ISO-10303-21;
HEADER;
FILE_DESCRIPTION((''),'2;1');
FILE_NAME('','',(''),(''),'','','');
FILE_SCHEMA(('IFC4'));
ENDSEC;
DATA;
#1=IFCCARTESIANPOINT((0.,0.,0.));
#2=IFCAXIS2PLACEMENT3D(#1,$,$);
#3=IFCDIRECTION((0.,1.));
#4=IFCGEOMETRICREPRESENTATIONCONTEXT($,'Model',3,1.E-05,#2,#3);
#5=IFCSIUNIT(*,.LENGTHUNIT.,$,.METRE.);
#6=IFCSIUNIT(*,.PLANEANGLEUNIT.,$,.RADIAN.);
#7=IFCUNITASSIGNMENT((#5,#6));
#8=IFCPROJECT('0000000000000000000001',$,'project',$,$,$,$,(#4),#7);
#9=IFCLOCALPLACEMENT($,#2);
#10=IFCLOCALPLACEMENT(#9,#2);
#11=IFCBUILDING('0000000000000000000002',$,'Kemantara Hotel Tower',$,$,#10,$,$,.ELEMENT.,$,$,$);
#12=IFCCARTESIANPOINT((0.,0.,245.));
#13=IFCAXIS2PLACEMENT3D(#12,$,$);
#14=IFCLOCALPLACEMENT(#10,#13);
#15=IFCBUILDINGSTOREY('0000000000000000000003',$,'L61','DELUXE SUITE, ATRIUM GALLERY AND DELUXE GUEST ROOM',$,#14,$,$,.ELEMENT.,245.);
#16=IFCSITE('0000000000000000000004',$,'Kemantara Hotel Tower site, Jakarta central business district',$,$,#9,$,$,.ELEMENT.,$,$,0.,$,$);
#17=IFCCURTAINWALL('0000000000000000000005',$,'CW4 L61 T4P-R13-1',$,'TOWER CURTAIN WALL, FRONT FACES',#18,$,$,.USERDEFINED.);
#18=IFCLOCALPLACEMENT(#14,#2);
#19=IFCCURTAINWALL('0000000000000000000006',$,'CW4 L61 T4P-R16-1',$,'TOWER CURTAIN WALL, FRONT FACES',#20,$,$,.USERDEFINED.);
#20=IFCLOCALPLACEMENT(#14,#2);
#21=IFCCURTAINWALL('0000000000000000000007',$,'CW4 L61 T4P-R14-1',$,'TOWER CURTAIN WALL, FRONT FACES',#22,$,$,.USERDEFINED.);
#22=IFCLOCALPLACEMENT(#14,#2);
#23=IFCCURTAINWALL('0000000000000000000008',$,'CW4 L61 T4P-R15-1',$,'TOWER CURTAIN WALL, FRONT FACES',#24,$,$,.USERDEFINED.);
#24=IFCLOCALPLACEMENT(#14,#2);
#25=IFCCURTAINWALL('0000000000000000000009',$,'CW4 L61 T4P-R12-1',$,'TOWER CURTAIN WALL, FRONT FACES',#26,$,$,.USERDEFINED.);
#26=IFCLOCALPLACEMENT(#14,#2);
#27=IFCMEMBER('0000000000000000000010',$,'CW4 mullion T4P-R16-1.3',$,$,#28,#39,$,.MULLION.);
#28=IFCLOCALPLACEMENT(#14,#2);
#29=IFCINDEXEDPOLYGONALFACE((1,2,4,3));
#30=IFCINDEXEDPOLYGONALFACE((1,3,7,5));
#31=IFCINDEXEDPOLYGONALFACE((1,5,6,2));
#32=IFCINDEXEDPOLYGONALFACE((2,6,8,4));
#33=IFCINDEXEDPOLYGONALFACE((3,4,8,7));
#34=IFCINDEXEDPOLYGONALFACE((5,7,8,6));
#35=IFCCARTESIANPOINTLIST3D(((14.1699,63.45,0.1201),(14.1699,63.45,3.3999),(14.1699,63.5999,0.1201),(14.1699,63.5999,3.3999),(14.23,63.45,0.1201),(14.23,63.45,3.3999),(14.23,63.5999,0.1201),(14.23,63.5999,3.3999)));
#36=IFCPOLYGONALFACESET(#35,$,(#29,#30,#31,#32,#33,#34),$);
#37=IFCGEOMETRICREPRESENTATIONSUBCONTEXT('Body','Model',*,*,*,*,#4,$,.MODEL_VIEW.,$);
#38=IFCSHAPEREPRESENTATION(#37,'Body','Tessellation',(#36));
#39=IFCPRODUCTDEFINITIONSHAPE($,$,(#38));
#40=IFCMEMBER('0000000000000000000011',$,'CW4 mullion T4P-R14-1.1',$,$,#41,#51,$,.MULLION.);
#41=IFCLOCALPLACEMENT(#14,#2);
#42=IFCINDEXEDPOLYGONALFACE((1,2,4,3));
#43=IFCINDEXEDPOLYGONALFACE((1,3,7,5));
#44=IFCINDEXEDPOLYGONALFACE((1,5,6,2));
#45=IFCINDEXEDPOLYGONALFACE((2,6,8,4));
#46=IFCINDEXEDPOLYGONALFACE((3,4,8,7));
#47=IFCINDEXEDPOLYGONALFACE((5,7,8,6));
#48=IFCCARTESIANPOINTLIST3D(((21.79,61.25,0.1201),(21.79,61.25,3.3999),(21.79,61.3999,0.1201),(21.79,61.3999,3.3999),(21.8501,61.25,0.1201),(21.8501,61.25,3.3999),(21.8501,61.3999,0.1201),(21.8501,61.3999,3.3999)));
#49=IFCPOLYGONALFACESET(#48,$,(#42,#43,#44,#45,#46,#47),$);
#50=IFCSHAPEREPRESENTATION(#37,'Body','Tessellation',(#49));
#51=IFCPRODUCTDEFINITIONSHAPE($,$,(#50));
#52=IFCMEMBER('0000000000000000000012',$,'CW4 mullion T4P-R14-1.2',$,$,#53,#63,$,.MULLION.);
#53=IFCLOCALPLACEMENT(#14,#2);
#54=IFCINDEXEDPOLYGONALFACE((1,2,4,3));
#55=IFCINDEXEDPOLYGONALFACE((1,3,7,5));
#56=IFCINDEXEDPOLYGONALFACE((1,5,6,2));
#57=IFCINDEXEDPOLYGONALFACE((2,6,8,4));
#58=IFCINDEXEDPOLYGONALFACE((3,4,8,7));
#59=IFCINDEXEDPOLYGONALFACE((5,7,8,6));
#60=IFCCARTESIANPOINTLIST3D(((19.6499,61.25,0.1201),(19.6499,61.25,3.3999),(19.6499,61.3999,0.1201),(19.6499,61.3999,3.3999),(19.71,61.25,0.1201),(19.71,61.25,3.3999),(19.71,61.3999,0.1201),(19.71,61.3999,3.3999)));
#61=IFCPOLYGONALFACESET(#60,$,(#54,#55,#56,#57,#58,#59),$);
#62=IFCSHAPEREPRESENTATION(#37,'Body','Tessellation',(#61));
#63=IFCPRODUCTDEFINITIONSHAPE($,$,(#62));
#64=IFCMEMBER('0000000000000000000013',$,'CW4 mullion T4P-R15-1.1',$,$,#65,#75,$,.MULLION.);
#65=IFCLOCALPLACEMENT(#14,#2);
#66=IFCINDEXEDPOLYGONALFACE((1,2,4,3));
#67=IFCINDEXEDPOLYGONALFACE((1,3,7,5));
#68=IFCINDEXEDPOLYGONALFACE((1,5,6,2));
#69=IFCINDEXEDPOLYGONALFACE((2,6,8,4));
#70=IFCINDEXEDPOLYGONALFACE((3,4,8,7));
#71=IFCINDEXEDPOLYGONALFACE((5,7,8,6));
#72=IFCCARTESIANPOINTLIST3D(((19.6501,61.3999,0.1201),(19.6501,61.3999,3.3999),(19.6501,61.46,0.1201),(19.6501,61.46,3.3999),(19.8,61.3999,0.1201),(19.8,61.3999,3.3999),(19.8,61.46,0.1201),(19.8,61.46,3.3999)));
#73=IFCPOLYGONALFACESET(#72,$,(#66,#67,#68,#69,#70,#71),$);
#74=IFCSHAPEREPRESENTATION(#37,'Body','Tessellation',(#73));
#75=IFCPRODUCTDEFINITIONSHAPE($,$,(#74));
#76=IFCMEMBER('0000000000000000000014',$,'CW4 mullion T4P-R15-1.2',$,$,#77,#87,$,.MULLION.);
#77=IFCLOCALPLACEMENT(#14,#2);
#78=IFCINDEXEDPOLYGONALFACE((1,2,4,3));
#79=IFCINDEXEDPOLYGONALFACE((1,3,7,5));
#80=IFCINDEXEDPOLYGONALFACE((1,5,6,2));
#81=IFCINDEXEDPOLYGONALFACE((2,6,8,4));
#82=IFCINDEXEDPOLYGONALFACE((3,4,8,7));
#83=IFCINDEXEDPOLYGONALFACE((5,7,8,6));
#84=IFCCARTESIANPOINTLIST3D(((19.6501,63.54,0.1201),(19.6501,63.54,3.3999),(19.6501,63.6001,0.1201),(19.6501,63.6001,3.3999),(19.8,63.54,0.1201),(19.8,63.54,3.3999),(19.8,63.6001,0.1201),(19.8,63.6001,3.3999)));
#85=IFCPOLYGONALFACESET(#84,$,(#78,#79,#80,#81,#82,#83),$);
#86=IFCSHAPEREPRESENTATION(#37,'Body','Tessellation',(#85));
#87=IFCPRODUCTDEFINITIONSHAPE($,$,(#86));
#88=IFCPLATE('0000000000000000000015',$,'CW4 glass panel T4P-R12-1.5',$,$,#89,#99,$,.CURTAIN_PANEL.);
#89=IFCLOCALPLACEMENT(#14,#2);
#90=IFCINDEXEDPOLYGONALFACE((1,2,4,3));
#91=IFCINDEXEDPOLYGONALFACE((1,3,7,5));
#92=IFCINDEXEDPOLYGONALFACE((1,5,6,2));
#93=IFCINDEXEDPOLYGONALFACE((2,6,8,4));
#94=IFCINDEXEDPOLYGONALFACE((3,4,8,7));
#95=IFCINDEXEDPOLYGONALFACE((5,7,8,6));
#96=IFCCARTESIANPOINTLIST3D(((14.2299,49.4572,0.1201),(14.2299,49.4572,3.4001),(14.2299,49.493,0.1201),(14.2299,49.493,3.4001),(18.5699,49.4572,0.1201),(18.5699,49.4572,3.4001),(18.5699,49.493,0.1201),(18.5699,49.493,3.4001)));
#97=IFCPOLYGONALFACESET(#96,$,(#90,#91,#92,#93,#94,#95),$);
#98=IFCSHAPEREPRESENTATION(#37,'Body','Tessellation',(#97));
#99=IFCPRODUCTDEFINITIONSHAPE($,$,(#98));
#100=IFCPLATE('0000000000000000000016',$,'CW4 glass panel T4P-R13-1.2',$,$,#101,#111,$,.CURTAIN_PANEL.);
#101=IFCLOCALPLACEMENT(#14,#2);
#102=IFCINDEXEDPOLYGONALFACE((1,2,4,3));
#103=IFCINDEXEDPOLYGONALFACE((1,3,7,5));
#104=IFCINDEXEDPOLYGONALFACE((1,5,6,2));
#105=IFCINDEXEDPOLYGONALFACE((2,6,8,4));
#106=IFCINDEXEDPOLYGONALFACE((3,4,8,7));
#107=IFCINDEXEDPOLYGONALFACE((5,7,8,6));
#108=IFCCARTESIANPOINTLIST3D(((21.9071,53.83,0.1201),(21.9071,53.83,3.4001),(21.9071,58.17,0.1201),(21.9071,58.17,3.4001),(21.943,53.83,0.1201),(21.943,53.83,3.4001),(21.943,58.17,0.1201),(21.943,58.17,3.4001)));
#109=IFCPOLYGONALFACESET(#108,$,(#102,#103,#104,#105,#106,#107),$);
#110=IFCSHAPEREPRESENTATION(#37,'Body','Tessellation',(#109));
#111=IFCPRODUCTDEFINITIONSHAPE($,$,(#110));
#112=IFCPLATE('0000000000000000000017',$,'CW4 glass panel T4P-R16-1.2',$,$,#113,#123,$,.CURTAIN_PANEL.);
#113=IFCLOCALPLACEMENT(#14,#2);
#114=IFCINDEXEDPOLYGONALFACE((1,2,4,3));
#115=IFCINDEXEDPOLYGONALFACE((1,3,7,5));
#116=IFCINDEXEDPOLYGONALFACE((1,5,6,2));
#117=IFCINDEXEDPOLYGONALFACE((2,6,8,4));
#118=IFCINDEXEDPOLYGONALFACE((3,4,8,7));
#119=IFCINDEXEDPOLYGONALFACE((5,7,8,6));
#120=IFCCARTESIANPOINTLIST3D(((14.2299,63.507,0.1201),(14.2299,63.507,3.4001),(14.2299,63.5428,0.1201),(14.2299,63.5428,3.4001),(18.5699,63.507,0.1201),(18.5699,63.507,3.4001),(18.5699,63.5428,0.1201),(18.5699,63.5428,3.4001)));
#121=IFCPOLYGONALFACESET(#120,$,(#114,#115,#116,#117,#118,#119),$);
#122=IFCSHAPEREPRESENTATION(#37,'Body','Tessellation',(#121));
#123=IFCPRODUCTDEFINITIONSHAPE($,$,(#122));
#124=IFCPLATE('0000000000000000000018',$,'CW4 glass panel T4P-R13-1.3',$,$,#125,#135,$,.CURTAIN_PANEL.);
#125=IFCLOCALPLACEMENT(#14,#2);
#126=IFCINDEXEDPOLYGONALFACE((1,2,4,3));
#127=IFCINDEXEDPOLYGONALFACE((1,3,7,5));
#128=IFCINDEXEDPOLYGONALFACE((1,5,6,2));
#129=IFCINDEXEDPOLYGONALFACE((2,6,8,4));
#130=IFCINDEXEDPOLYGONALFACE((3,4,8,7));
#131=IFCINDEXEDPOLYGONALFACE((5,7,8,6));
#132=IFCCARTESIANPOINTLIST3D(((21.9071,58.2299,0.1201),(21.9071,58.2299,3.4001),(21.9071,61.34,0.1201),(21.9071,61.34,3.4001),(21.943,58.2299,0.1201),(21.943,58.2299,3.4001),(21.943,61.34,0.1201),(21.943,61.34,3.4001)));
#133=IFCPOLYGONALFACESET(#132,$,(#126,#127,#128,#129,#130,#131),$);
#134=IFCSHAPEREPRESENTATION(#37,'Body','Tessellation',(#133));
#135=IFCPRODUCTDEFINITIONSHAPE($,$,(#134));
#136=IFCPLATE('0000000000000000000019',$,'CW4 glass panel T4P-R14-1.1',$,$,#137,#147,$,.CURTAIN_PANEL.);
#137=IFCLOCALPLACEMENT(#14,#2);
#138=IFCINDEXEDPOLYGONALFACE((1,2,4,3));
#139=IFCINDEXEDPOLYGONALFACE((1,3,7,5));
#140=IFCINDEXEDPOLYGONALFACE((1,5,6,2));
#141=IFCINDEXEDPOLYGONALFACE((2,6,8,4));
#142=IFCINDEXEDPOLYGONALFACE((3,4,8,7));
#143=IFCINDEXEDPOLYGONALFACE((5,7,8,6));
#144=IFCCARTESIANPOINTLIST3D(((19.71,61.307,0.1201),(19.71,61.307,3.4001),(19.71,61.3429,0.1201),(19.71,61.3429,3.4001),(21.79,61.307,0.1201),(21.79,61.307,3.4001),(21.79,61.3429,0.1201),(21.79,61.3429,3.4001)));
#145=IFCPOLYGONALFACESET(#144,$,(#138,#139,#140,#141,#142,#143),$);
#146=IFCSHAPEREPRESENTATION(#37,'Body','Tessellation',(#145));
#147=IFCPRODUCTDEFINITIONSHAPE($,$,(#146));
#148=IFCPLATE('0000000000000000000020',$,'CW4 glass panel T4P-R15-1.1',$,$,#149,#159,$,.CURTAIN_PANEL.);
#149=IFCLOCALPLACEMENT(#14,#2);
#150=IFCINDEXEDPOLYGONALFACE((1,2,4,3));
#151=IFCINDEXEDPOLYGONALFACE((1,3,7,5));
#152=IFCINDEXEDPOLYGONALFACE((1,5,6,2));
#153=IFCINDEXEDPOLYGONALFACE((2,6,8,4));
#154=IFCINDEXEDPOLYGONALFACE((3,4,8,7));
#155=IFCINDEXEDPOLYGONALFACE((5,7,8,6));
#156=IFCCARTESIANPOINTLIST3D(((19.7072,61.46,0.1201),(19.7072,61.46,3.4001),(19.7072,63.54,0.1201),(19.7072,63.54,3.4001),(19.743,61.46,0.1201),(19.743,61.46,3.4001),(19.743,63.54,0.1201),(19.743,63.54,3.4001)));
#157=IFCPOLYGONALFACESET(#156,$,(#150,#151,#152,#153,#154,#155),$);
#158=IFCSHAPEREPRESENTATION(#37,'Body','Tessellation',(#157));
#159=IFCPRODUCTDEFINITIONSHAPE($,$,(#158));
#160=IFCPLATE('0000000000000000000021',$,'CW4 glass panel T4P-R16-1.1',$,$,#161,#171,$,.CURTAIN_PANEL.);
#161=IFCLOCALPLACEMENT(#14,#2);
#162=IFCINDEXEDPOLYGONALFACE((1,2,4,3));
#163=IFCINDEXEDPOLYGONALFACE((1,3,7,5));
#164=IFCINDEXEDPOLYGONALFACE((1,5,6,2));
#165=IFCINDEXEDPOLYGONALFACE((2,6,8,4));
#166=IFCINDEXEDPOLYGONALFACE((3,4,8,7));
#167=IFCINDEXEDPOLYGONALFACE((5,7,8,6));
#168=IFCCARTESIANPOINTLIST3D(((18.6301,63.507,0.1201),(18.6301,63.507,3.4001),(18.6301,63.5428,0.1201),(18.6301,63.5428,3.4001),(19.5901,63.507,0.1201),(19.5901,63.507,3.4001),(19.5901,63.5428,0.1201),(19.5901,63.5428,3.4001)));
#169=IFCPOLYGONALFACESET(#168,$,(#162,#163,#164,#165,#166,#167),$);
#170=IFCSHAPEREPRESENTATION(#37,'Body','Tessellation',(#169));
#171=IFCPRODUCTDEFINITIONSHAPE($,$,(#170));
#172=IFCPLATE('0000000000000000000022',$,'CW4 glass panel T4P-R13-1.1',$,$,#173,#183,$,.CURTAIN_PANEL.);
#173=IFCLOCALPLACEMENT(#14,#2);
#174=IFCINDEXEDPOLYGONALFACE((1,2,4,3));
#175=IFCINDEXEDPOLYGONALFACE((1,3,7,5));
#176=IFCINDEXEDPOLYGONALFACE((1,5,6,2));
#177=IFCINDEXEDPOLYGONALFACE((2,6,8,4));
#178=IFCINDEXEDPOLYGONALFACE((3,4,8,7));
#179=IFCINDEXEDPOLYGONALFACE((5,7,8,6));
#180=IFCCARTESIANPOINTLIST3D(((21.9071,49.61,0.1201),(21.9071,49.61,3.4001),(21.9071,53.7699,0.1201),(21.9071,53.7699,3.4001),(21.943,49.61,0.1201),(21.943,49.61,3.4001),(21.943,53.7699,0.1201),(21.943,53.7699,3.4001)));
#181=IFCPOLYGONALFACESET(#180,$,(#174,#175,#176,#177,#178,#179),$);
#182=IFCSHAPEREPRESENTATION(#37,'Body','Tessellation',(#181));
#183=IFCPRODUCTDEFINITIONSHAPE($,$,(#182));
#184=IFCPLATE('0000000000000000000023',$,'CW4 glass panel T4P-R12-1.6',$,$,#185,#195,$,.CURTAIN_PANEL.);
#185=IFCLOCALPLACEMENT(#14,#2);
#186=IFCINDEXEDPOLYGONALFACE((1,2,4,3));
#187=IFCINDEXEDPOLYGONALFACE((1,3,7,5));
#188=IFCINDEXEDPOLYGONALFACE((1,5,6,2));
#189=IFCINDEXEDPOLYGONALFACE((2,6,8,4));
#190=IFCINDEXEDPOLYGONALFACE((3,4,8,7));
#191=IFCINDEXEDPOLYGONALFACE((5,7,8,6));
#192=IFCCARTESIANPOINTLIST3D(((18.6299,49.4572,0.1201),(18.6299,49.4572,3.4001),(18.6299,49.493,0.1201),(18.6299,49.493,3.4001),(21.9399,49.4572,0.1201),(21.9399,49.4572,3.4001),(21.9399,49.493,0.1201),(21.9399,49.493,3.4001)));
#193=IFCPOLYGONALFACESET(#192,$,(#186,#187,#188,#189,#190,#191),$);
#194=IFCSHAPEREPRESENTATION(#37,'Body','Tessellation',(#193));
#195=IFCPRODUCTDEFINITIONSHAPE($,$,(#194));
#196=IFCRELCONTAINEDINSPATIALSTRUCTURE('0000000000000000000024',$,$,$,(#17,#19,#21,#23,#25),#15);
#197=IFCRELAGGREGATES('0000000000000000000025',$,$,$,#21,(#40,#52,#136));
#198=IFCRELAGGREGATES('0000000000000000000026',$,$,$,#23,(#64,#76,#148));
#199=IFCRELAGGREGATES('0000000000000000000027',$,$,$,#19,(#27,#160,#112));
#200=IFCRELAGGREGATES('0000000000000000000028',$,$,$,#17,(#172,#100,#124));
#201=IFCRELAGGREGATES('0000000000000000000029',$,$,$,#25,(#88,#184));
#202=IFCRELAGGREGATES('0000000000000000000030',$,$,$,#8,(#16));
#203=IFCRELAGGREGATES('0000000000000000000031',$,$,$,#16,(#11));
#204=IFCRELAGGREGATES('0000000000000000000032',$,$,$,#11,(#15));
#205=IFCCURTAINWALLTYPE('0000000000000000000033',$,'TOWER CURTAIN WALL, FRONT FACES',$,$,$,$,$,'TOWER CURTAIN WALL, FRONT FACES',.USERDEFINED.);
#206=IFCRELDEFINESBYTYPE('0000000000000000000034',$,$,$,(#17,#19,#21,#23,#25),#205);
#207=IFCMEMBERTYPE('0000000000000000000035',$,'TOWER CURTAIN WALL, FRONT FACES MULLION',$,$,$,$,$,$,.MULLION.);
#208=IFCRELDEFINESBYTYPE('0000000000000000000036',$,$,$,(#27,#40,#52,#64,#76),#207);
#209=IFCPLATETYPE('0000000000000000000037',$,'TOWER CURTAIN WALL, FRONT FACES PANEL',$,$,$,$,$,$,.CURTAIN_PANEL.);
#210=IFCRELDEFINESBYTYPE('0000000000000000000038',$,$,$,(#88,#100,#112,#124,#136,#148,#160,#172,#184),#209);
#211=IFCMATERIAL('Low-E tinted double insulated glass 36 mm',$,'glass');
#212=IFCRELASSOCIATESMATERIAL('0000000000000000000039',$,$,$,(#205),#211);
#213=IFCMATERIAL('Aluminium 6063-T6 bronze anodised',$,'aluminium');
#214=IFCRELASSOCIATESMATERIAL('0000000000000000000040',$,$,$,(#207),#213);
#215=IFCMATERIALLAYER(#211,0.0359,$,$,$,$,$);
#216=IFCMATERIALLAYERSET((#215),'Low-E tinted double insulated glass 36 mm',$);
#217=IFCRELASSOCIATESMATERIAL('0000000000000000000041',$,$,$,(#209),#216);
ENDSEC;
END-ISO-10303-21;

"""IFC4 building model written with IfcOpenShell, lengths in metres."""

from ifc_helpers import new_model, si_unit, direction, frame, origin, origin_2d, place, context, subcontext, project, spatial, rectangle, extrude, source, transform, mapped, material, layer, layer_set, material_profile, profile_set, type_object, element, aggregate, save


model = new_model("IFC4")

# Units and contexts
model_context = context("Model", 3, precision=1e-05, world=origin(), true_north=direction((0.0, 1.0)))
body_context = subcontext(model_context, "Body", "Model", "MODEL_VIEW")
ifc_project = project(units=[si_unit("LENGTHUNIT", "METRE"), si_unit("PLANEANGLEUNIT", "RADIAN")], contexts=[model_context])

# Site, building, storey
site_placement = place(None, origin())
site = spatial("IfcSite", under=ifc_project, at=site_placement, Name="Kemantara Hotel Tower site, Jakarta central business district", CompositionType="ELEMENT", RefElevation=0.0)
building_placement = place(site_placement, origin())
building = spatial("IfcBuilding", under=site, at=building_placement, Name="Kemantara Hotel Tower", CompositionType="ELEMENT")
storey_placement = place(building_placement, frame((0.0, 0.0, 245.0)))
storey = spatial("IfcBuildingStorey", under=building, at=storey_placement, Name="L61", Description="DELUXE SUITE, ATRIUM GALLERY AND DELUXE GUEST ROOM", CompositionType="ELEMENT", Elevation=245.0)

# Curtain walls
ifc_material_1 = material(Name="Low-E tinted double insulated glass 36 mm", Category="glass")
curtain_wall_type = type_object("IfcCurtainWallType", Name="TOWER CURTAIN WALL, FRONT FACES", ElementType="TOWER CURTAIN WALL, FRONT FACES", PredefinedType="USERDEFINED", material=ifc_material_1)
curtain_wall_1_placement = place(storey_placement, origin())
curtain_wall_1 = element("IfcCurtainWall", 1, at=curtain_wall_1_placement, inside=storey, type_object=curtain_wall_type, Name="CW4 L61 T4P-R13-1", ObjectType="TOWER CURTAIN WALL, FRONT FACES", PredefinedType="USERDEFINED")
ifc_material_2 = material(Name="Aluminium 6063-T6 bronze anodised", Category="aluminium")
curtain_wall_2_placement = place(storey_placement, origin())
curtain_wall_2 = element("IfcCurtainWall", 2, at=curtain_wall_2_placement, inside=storey, type_object=curtain_wall_type, Name="CW4 L61 T4P-R16-1", ObjectType="TOWER CURTAIN WALL, FRONT FACES", PredefinedType="USERDEFINED")
curtain_wall_3_placement = place(storey_placement, origin())
curtain_wall_3 = element("IfcCurtainWall", 3, at=curtain_wall_3_placement, inside=storey, type_object=curtain_wall_type, Name="CW4 L61 T4P-R14-1", ObjectType="TOWER CURTAIN WALL, FRONT FACES", PredefinedType="USERDEFINED")
curtain_wall_4_placement = place(storey_placement, origin())
curtain_wall_4 = element("IfcCurtainWall", 4, at=curtain_wall_4_placement, inside=storey, type_object=curtain_wall_type, Name="CW4 L61 T4P-R15-1", ObjectType="TOWER CURTAIN WALL, FRONT FACES", PredefinedType="USERDEFINED")
curtain_wall_5_placement = place(storey_placement, origin())
curtain_wall_5 = element("IfcCurtainWall", 5, at=curtain_wall_5_placement, inside=storey, type_object=curtain_wall_type, Name="CW4 L61 T4P-R12-1", ObjectType="TOWER CURTAIN WALL, FRONT FACES", PredefinedType="USERDEFINED")
ifc_material_profile_1 = material_profile(ifc_material_2, rectangle(XDim=0.1499, YDim=0.0601, at=origin_2d()), Name="TOWER CURTAIN WALL, FRONT FACES MULLION")
ifc_profile_set_1 = profile_set([ifc_material_profile_1], Name="Aluminium 6063-T6 bronze anodised")
member_type_1 = type_object("IfcMemberType", Name="TOWER CURTAIN WALL, FRONT FACES MULLION", PredefinedType="MULLION", material=ifc_profile_set_1)
shared_shape_1 = source(origin(), body_context, "Body", "SweptSolid", [
    extrude(rectangle(XDim=0.1499, YDim=0.0601, at=origin_2d()), origin(), (0.0, 0.0, 1.0), 3.2798),
])

# Members
member_1_placement = place(storey_placement, frame((14.2, 63.5249, 0.1201), z_axis=(0.0, 0.0, 1.0), x_axis=(0.0, -1.0, 0.0)))
member_1 = element("IfcMember", 6, at=member_1_placement, type_object=member_type_1, Name="CW4 mullion T4P-R16-1.3", PredefinedType="MULLION", context=body_context, shape_type="MappedRepresentation", body=[
    mapped(shared_shape_1, transform((0.0, 0.0, 0.0))),
])
member_2_placement = place(storey_placement, frame((21.8201, 61.325, 0.1201), z_axis=(0.0, 0.0, 1.0), x_axis=(0.0, -1.0, 0.0)))
member_2 = element("IfcMember", 7, at=member_2_placement, type_object=member_type_1, Name="CW4 mullion T4P-R14-1.1", PredefinedType="MULLION", context=body_context, shape_type="MappedRepresentation", body=[
    mapped(shared_shape_1, transform((0.0, 0.0, 0.0))),
])
member_3_placement = place(storey_placement, frame((19.6799, 61.325, 0.1201), z_axis=(0.0, 0.0, 1.0), x_axis=(0.0, -1.0, 0.0)))
member_3 = element("IfcMember", 8, at=member_3_placement, type_object=member_type_1, Name="CW4 mullion T4P-R14-1.2", PredefinedType="MULLION", context=body_context, shape_type="MappedRepresentation", body=[
    mapped(shared_shape_1, transform((0.0, 0.0, 0.0))),
])
member_4_placement = place(storey_placement, frame((19.7251, 61.4299, 0.1201), z_axis=(0.0, 0.0, 1.0), x_axis=(-1.0, 0.0, 0.0)))
member_4 = element("IfcMember", 9, at=member_4_placement, type_object=member_type_1, Name="CW4 mullion T4P-R15-1.1", PredefinedType="MULLION", context=body_context, shape_type="MappedRepresentation", body=[
    mapped(shared_shape_1, transform((0.0, 0.0, 0.0))),
])
member_5_placement = place(storey_placement, frame((19.7251, 63.5701, 0.1201), z_axis=(0.0, 0.0, 1.0), x_axis=(-1.0, 0.0, 0.0)))
member_5 = element("IfcMember", 10, at=member_5_placement, type_object=member_type_1, Name="CW4 mullion T4P-R15-1.2", PredefinedType="MULLION", context=body_context, shape_type="MappedRepresentation", body=[
    mapped(shared_shape_1, transform((0.0, 0.0, 0.0))),
])

# Plates
ifc_layer_1 = layer(ifc_material_1, 0.0359)
ifc_layer_set_1 = layer_set([ifc_layer_1], Name="Low-E tinted double insulated glass 36 mm")
plate_type = type_object("IfcPlateType", Name="TOWER CURTAIN WALL, FRONT FACES PANEL", PredefinedType="CURTAIN_PANEL", material=ifc_layer_set_1)
shared_shape_2 = source(origin(), body_context, "Body", "SweptSolid", [
    extrude(rectangle(XDim=4.3401, YDim=0.0359, at=origin_2d()), origin(), (0.0, 0.0, 1.0), 3.28),
])
plate_1_placement = place(storey_placement, frame((16.3999, 49.4751, 0.1201), z_axis=(0.0, 0.0, 1.0), x_axis=(1.0, 0.0, 0.0)))
plate_1 = element("IfcPlate", 11, at=plate_1_placement, type_object=plate_type, Name="CW4 glass panel T4P-R12-1.5", PredefinedType="CURTAIN_PANEL", context=body_context, shape_type="MappedRepresentation", body=[
    mapped(shared_shape_2, transform((0.0, 0.0, 0.0))),
])
plate_2_placement = place(storey_placement, frame((21.925, 56.0, 0.1201), z_axis=(0.0, 0.0, 1.0), x_axis=(0.0, 1.0, 0.0)))
plate_2 = element("IfcPlate", 12, at=plate_2_placement, type_object=plate_type, Name="CW4 glass panel T4P-R13-1.2", PredefinedType="CURTAIN_PANEL", context=body_context, shape_type="MappedRepresentation", body=[
    mapped(shared_shape_2, transform((0.0, 0.0, 0.0))),
])
plate_3_placement = place(storey_placement, frame((16.3999, 63.5249, 0.1201), z_axis=(0.0, 0.0, 1.0), x_axis=(-1.0, 0.0, 0.0)))
plate_3 = element("IfcPlate", 13, at=plate_3_placement, type_object=plate_type, Name="CW4 glass panel T4P-R16-1.2", PredefinedType="CURTAIN_PANEL", context=body_context, shape_type="MappedRepresentation", body=[
    mapped(shared_shape_2, transform((0.0, 0.0, 0.0))),
])
shared_shape_3 = source(origin(), body_context, "Body", "SweptSolid", [
    extrude(rectangle(XDim=3.1101, YDim=0.0359, at=origin_2d()), origin(), (0.0, 0.0, 1.0), 3.28),
])
plate_4_placement = place(storey_placement, frame((21.925, 59.7849, 0.1201), z_axis=(0.0, 0.0, 1.0), x_axis=(0.0, 1.0, 0.0)))
plate_4 = element("IfcPlate", 14, at=plate_4_placement, type_object=plate_type, Name="CW4 glass panel T4P-R13-1.3", PredefinedType="CURTAIN_PANEL", context=body_context, shape_type="MappedRepresentation", body=[
    mapped(shared_shape_3, transform((0.0, 0.0, 0.0))),
])
shared_shape_4 = source(origin(), body_context, "Body", "SweptSolid", [
    extrude(rectangle(XDim=2.0801, YDim=0.0359, at=origin_2d()), origin(), (0.0, 0.0, 1.0), 3.28),
])
plate_5_placement = place(storey_placement, frame((20.75, 61.325, 0.1201), z_axis=(0.0, 0.0, 1.0), x_axis=(-1.0, 0.0, 0.0)))
plate_5 = element("IfcPlate", 15, at=plate_5_placement, type_object=plate_type, Name="CW4 glass panel T4P-R14-1.1", PredefinedType="CURTAIN_PANEL", context=body_context, shape_type="MappedRepresentation", body=[
    mapped(shared_shape_4, transform((0.0, 0.0, 0.0))),
])
aggregate(curtain_wall_3, [member_2, member_3, plate_5])
plate_6_placement = place(storey_placement, frame((19.7251, 62.5, 0.1201), z_axis=(0.0, 0.0, 1.0), x_axis=(0.0, 1.0, 0.0)))
plate_6 = element("IfcPlate", 16, at=plate_6_placement, type_object=plate_type, Name="CW4 glass panel T4P-R15-1.1", PredefinedType="CURTAIN_PANEL", context=body_context, shape_type="MappedRepresentation", body=[
    mapped(shared_shape_4, transform((0.0, 0.0, 0.0))),
])
aggregate(curtain_wall_4, [member_4, member_5, plate_6])
shared_shape_5 = source(origin(), body_context, "Body", "SweptSolid", [
    extrude(rectangle(XDim=0.96, YDim=0.0359, at=origin_2d()), origin(), (0.0, 0.0, 1.0), 3.28),
])
plate_7_placement = place(storey_placement, frame((19.1101, 63.5249, 0.1201), z_axis=(0.0, 0.0, 1.0), x_axis=(-1.0, 0.0, 0.0)))
plate_7 = element("IfcPlate", 17, at=plate_7_placement, type_object=plate_type, Name="CW4 glass panel T4P-R16-1.1", PredefinedType="CURTAIN_PANEL", context=body_context, shape_type="MappedRepresentation", body=[
    mapped(shared_shape_5, transform((0.0, 0.0, 0.0))),
])
aggregate(curtain_wall_2, [member_1, plate_7, plate_3])
shared_shape_6 = source(origin(), body_context, "Body", "SweptSolid", [
    extrude(rectangle(XDim=4.1599, YDim=0.0359, at=origin_2d()), origin(), (0.0, 0.0, 1.0), 3.28),
])
plate_8_placement = place(storey_placement, frame((21.925, 51.6899, 0.1201), z_axis=(0.0, 0.0, 1.0), x_axis=(0.0, 1.0, 0.0)))
plate_8 = element("IfcPlate", 18, at=plate_8_placement, type_object=plate_type, Name="CW4 glass panel T4P-R13-1.1", PredefinedType="CURTAIN_PANEL", context=body_context, shape_type="MappedRepresentation", body=[
    mapped(shared_shape_6, transform((0.0, 0.0, 0.0))),
])
aggregate(curtain_wall_1, [plate_8, plate_2, plate_4])
shared_shape_7 = source(origin(), body_context, "Body", "SweptSolid", [
    extrude(rectangle(XDim=3.3101, YDim=0.0359, at=origin_2d()), origin(), (0.0, 0.0, 1.0), 3.28),
])
plate_9_placement = place(storey_placement, frame((20.2849, 49.4751, 0.1201), z_axis=(0.0, 0.0, 1.0), x_axis=(1.0, 0.0, 0.0)))
plate_9 = element("IfcPlate", 19, at=plate_9_placement, type_object=plate_type, Name="CW4 glass panel T4P-R12-1.6", PredefinedType="CURTAIN_PANEL", context=body_context, shape_type="MappedRepresentation", body=[
    mapped(shared_shape_7, transform((0.0, 0.0, 0.0))),
])
aggregate(curtain_wall_5, [plate_1, plate_9])

save(model, "model.ifc")
